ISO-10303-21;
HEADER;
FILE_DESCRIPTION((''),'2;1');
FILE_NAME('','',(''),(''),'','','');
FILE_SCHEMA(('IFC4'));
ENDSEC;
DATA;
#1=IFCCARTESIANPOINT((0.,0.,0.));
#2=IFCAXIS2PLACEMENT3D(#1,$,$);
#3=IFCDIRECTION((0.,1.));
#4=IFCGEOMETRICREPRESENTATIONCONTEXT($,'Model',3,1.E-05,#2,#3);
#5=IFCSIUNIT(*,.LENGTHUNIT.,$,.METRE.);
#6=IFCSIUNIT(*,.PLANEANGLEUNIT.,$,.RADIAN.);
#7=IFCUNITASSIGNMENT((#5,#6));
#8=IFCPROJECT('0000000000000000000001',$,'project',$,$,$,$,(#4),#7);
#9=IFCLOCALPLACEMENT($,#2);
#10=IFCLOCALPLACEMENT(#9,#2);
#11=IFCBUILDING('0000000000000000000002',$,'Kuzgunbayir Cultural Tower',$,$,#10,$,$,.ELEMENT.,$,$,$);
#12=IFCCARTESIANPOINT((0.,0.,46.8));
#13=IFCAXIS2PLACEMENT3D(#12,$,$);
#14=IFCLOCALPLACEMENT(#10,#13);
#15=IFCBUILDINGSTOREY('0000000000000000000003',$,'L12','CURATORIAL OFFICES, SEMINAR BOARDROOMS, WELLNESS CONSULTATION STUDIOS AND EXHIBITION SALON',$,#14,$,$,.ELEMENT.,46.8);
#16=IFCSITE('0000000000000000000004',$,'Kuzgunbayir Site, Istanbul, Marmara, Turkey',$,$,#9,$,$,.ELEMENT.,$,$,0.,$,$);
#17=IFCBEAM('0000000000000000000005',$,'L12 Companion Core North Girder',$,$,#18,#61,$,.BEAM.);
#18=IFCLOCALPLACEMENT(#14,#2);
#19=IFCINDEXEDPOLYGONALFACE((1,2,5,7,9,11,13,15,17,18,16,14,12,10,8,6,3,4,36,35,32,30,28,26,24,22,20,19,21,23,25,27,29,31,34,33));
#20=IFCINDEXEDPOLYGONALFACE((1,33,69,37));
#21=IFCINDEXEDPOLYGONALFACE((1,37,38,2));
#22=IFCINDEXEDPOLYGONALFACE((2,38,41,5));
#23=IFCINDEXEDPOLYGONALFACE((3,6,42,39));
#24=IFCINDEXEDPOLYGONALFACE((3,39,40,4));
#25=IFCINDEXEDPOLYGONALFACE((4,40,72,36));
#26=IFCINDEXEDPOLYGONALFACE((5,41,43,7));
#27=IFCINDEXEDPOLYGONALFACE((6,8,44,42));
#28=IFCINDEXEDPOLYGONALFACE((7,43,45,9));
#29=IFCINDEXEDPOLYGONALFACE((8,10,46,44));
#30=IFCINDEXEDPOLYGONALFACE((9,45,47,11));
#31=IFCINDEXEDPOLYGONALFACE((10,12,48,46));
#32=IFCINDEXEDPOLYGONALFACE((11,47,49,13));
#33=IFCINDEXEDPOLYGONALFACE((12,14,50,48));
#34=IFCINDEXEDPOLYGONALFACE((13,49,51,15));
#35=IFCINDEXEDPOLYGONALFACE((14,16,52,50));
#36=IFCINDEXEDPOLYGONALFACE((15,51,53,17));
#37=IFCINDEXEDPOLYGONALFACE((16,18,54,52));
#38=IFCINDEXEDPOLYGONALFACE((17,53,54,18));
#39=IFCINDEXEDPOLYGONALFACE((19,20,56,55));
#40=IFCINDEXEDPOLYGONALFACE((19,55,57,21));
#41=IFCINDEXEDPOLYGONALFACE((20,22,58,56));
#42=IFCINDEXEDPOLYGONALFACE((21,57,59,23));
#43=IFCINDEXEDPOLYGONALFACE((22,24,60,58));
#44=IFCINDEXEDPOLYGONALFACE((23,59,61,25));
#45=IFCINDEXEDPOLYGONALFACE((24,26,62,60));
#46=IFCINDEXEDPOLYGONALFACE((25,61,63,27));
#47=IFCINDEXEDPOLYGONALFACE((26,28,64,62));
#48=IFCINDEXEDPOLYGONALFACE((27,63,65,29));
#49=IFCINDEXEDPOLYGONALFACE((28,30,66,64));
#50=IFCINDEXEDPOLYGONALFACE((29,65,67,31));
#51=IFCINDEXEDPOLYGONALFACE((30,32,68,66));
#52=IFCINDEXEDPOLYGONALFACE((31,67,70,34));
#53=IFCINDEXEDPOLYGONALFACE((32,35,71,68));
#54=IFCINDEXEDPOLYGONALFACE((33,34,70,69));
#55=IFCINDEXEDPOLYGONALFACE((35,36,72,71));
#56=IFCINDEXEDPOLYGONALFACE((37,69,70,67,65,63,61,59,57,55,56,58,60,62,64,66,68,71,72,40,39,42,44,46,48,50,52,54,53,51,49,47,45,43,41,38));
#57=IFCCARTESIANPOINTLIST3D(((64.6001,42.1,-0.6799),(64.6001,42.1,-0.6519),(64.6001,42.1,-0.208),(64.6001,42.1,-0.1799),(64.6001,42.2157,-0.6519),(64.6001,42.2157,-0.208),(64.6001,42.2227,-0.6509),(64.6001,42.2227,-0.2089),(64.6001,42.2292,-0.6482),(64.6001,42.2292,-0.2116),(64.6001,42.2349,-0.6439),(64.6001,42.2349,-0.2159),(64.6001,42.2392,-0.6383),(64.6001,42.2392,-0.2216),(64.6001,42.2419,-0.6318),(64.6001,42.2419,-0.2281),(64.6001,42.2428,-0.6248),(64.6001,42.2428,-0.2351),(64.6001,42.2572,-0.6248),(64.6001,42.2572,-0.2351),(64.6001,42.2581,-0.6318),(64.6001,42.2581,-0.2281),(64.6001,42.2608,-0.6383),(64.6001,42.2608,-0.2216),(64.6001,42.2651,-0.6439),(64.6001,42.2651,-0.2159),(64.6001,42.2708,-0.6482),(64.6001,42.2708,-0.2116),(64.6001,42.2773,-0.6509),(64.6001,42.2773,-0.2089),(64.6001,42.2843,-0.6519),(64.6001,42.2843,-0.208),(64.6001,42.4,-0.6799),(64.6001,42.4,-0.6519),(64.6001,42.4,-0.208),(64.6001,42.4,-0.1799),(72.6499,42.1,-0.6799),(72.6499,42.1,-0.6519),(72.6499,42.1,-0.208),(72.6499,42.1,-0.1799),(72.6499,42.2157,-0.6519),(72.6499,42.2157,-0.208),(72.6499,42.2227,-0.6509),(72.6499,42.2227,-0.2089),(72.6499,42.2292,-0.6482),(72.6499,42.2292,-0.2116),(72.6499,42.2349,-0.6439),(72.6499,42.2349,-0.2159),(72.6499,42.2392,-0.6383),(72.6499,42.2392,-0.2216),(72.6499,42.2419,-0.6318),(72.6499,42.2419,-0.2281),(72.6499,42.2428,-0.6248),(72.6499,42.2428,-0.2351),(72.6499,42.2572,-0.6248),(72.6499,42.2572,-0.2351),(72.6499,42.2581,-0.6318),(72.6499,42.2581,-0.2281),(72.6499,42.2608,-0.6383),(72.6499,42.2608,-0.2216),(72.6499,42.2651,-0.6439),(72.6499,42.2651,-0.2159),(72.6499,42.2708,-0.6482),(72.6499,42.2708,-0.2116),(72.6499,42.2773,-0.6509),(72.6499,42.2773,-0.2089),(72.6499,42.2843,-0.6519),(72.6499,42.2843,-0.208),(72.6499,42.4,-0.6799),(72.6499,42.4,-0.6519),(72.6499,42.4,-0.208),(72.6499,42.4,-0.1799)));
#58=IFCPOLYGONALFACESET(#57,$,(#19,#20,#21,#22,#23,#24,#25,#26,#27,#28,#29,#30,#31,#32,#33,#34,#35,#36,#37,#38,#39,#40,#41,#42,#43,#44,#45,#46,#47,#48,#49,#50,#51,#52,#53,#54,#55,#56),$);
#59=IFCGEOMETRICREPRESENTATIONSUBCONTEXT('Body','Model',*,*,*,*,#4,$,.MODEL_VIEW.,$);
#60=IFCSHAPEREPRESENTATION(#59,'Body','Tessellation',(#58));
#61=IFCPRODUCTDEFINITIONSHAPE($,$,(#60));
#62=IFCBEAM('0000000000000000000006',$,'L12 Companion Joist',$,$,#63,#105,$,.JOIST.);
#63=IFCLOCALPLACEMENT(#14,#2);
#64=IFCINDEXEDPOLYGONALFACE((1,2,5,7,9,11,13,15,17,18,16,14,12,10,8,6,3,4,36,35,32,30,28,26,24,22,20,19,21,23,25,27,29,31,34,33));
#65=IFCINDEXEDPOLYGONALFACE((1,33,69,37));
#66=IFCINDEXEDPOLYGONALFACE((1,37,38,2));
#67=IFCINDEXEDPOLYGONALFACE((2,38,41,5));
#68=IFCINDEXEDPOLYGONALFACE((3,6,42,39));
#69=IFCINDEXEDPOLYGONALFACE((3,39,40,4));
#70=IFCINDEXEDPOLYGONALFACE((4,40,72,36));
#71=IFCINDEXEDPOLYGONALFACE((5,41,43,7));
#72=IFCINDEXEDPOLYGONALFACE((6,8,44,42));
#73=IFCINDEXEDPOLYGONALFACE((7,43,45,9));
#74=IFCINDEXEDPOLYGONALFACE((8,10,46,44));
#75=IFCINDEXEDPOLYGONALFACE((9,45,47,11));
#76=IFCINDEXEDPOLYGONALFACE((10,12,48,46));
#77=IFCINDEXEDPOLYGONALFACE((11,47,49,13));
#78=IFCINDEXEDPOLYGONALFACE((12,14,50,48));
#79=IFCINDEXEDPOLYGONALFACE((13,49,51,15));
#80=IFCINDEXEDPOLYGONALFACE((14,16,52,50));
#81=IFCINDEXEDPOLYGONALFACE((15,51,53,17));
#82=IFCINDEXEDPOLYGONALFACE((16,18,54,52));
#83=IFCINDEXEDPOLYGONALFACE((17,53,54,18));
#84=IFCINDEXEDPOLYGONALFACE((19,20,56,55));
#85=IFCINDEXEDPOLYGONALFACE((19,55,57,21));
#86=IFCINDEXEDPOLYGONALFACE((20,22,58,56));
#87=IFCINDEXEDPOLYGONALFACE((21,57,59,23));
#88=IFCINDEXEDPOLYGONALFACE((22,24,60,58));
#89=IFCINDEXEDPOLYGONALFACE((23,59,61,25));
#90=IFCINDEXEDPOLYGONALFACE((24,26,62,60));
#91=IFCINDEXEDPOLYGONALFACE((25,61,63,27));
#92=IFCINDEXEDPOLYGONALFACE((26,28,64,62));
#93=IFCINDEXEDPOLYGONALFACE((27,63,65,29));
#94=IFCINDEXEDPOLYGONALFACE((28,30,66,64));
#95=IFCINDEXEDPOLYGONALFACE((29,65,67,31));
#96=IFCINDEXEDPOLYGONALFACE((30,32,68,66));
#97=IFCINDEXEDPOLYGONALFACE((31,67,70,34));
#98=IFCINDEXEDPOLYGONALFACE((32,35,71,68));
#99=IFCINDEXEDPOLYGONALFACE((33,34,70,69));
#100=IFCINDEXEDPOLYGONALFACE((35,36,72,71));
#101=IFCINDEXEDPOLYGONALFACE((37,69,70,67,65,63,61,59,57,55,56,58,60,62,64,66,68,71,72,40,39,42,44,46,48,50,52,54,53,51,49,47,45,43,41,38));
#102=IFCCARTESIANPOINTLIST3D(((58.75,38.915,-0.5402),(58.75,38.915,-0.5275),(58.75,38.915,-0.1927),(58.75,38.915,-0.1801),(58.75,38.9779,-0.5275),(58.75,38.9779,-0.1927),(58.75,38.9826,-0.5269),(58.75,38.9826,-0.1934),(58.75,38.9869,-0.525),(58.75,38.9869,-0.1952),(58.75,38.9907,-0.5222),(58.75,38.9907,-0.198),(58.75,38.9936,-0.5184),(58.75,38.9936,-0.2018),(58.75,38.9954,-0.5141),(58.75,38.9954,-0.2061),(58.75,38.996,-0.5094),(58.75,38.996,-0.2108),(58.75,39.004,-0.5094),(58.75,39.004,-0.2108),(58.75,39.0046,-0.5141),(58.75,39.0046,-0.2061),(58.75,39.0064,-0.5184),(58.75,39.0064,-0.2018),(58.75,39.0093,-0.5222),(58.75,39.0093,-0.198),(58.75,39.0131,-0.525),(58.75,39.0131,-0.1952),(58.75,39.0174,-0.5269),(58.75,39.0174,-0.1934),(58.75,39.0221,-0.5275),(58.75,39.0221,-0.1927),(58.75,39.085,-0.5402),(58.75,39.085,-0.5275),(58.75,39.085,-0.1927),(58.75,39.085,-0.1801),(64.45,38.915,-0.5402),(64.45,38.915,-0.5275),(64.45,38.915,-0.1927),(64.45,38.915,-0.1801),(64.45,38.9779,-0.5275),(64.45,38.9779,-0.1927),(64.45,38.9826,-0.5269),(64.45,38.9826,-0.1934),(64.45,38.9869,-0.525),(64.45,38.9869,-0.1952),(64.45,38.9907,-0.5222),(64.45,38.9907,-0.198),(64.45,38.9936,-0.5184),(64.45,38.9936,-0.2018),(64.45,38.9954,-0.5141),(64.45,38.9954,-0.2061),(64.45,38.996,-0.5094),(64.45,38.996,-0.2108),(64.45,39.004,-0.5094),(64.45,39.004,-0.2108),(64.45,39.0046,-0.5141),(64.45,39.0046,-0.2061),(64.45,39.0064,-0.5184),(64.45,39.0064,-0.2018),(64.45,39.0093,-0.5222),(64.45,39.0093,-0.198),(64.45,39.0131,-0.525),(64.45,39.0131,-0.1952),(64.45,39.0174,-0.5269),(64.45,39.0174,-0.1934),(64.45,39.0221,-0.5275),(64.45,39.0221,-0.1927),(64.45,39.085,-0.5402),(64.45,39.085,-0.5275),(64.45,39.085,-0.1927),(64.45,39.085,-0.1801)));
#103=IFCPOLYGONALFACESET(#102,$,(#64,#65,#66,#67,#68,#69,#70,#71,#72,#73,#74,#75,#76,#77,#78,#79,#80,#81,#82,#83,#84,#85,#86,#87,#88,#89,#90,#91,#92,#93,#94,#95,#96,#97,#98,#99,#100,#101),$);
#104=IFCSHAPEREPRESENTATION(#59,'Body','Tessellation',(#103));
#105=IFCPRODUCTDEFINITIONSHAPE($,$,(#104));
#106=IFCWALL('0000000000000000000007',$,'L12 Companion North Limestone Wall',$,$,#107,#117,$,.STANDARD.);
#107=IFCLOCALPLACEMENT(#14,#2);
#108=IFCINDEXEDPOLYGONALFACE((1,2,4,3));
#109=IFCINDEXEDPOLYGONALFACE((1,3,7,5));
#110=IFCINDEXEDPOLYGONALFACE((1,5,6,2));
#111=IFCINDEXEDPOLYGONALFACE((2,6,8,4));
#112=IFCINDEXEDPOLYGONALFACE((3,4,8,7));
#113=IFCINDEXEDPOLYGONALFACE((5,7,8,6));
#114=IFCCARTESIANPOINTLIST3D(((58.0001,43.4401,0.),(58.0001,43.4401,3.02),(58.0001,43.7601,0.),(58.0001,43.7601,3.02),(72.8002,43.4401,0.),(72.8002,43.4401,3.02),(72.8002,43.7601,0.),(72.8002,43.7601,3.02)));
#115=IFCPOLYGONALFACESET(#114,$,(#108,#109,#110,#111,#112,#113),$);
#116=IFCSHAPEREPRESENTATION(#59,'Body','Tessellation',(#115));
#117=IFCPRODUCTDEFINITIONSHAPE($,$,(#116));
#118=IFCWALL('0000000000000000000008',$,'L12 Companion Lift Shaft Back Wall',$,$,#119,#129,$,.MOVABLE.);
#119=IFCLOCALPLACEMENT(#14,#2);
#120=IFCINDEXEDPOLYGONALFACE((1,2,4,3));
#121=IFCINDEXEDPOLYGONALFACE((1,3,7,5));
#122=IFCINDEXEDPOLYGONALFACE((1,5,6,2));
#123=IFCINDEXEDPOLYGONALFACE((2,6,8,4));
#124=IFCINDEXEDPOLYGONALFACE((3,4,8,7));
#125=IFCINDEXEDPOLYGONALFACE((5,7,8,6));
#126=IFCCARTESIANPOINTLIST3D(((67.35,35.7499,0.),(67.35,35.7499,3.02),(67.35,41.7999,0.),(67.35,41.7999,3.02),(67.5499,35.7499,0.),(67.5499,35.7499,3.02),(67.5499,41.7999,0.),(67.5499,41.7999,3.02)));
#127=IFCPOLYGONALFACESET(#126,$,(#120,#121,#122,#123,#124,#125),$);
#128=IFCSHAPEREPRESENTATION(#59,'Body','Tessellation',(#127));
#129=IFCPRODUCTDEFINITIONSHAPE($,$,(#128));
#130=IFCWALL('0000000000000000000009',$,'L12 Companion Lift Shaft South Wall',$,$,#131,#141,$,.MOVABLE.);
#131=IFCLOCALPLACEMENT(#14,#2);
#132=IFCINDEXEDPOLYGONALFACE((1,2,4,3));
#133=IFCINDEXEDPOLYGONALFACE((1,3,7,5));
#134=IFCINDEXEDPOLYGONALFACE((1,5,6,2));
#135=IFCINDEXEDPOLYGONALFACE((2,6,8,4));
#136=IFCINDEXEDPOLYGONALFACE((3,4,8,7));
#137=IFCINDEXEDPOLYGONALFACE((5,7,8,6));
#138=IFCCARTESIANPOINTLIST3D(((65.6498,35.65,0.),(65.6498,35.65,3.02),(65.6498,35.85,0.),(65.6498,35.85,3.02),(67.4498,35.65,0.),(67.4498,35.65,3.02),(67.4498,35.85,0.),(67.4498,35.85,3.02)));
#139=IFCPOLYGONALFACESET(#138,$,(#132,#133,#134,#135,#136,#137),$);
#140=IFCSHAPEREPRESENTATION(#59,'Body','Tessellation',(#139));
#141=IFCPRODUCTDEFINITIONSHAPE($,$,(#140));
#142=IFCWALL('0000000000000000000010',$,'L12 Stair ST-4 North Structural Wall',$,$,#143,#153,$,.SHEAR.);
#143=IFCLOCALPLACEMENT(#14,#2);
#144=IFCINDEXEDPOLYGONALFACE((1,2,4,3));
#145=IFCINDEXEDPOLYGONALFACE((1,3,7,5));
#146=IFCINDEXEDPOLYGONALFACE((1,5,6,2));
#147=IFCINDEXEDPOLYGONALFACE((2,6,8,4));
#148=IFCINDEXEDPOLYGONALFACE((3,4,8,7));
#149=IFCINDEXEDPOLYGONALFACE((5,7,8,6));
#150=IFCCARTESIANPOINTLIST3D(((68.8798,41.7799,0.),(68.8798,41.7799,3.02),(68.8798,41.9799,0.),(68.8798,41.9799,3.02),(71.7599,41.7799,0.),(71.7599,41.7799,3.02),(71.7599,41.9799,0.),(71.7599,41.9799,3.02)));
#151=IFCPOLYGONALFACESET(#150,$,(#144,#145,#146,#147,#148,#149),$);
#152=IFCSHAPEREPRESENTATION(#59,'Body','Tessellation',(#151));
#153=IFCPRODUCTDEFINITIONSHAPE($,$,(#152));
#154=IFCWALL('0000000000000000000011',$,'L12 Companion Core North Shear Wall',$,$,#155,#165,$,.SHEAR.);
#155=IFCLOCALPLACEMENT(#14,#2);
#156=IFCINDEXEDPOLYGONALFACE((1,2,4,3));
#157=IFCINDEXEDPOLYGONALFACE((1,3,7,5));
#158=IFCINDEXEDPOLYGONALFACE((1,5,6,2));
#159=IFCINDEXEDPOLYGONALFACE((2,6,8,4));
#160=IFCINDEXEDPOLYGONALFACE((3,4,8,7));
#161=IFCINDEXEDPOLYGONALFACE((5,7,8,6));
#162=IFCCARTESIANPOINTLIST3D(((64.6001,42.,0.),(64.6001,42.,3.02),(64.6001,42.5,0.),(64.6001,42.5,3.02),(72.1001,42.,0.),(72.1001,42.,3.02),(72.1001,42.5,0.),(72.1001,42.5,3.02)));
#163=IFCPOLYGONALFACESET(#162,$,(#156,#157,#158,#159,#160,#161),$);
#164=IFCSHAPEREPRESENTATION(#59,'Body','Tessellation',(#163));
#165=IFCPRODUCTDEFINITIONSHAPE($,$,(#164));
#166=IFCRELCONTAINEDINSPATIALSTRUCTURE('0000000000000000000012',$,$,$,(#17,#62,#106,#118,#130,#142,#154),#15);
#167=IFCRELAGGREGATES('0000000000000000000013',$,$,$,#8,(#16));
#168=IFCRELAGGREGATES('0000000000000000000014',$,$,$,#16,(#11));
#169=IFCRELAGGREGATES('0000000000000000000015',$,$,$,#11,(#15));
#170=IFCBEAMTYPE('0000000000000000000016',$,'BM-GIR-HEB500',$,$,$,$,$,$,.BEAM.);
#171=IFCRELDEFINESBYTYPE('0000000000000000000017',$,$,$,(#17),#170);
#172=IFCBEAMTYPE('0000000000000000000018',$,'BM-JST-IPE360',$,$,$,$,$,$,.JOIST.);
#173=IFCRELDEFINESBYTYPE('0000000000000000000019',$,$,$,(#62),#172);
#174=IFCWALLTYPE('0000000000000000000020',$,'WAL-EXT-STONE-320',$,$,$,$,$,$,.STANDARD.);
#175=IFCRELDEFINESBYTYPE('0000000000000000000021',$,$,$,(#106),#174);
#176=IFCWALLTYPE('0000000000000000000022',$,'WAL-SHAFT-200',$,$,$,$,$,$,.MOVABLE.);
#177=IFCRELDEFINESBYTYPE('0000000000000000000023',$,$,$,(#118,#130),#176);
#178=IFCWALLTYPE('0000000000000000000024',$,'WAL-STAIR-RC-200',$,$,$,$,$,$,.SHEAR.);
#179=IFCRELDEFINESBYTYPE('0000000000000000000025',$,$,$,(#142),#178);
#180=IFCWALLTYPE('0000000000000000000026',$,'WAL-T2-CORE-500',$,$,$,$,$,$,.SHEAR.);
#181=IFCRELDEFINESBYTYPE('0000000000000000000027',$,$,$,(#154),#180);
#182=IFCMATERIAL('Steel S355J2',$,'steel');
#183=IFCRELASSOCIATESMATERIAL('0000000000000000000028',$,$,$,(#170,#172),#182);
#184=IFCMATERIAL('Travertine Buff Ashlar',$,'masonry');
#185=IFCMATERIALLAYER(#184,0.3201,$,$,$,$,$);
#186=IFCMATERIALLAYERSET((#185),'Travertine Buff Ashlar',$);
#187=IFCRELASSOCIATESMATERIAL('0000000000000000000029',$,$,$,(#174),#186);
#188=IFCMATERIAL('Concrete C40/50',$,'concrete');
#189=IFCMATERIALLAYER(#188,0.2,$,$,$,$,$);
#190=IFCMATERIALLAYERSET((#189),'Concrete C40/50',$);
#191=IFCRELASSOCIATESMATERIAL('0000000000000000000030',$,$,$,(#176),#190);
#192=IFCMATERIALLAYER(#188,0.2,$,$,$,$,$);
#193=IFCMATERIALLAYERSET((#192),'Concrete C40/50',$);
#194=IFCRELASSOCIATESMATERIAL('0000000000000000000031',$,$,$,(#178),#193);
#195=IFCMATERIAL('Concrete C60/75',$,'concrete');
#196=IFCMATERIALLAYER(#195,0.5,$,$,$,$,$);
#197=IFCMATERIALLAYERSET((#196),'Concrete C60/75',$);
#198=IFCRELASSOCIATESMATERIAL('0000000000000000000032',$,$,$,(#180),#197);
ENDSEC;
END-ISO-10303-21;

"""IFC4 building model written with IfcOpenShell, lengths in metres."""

from ifc_helpers import new_model, si_unit, direction, frame, frame_2d, origin, origin_2d, place, context, subcontext, project, spatial, rectangle, i_section, extrude, material, layer, layer_set, material_profile, profile_set, type_object, element, save


model = new_model("IFC4")

# Units and contexts
model_context = context("Model", 3, precision=1e-05, world=origin(), true_north=direction((0.0, 1.0)))
body_context = subcontext(model_context, "Body", "Model", "MODEL_VIEW")
ifc_project = project(units=[si_unit("LENGTHUNIT", "METRE"), si_unit("PLANEANGLEUNIT", "RADIAN")], contexts=[model_context])

# Site, building, storey
site_placement = place(None, origin())
site = spatial("IfcSite", under=ifc_project, at=site_placement, Name="Kuzgunbayir Site, Istanbul, Marmara, Turkey", CompositionType="ELEMENT", RefElevation=0.0)
building_placement = place(site_placement, origin())
building = spatial("IfcBuilding", under=site, at=building_placement, Name="Kuzgunbayir Cultural Tower", CompositionType="ELEMENT")
storey_placement = place(building_placement, frame((0.0, 0.0, 46.8)))
storey = spatial("IfcBuildingStorey", under=building, at=storey_placement, Name="L12", Description="CURATORIAL OFFICES, SEMINAR BOARDROOMS, WELLNESS CONSULTATION STUDIOS AND EXHIBITION SALON", CompositionType="ELEMENT", Elevation=46.8)

# Shared definitions
ifc_material_1 = material(Name="Concrete C60/75", Category="concrete")

# Beams
ifc_material_2 = material(Name="Steel S355J2", Category="steel")
ifc_material_profile_1 = material_profile(ifc_material_2, i_section(OverallWidth=0.3, OverallDepth=0.5, WebThickness=0.0144, FlangeThickness=0.0281, FilletRadius=0.0271, at=origin_2d()), Name="HEB 500")
ifc_profile_set_1 = profile_set([ifc_material_profile_1], Name="Steel S355J2")
beam_type_1 = type_object("IfcBeamType", Name="BM-GIR-HEB500", PredefinedType="BEAM", material=ifc_profile_set_1)
beam_1_placement = place(storey_placement, frame((64.6001, 42.25, -0.4299), z_axis=(1.0, 0.0, 0.0), x_axis=(0.0, 1.0, 0.0)))
element("IfcBeam", 1, at=beam_1_placement, inside=storey, type_object=beam_type_1, Name="L12 Companion Core North Girder", PredefinedType="BEAM", context=body_context, shape_type="SweptSolid", body=[
    extrude(i_section(OverallWidth=0.3, OverallDepth=0.5, WebThickness=0.0144, FlangeThickness=0.0281, FilletRadius=0.0271, at=origin_2d()), origin(), (0.0, 0.0, 1.0), 8.0498),
])
ifc_material_profile_2 = material_profile(ifc_material_2, i_section(OverallWidth=0.1699, OverallDepth=0.3601, WebThickness=0.0081, FlangeThickness=0.0127, FilletRadius=0.0181, at=origin_2d()), Name="IPE 360")
ifc_profile_set_2 = profile_set([ifc_material_profile_2], Name="Steel S355J2")
beam_type_2 = type_object("IfcBeamType", Name="BM-JST-IPE360", PredefinedType="JOIST", material=ifc_profile_set_2)
beam_2_placement = place(storey_placement, frame((58.75, 39.0, -0.3601), z_axis=(1.0, 0.0, 0.0), x_axis=(0.0, 1.0, 0.0)))
element("IfcBeam", 2, at=beam_2_placement, inside=storey, type_object=beam_type_2, Name="L12 Companion Joist", PredefinedType="JOIST", context=body_context, shape_type="SweptSolid", body=[
    extrude(i_section(OverallWidth=0.1699, OverallDepth=0.3601, WebThickness=0.0081, FlangeThickness=0.0127, FilletRadius=0.0181, at=origin_2d()), origin(), (0.0, 0.0, 1.0), 5.7),
])

# Wall
ifc_material_3 = material(Name="Travertine Buff Ashlar", Category="masonry")
ifc_layer_1 = layer(ifc_material_3, 0.3201)
ifc_layer_set_1 = layer_set([ifc_layer_1], Name="Travertine Buff Ashlar")
wall_type_1 = type_object("IfcWallType", Name="WAL-EXT-STONE-320", PredefinedType="STANDARD", material=ifc_layer_set_1)
wall_1_placement = place(storey_placement, frame((72.8, 43.6001, 0.0), z_axis=(0.0, 0.0, 1.0), x_axis=(-1.0, 0.0, 0.0)))
element("IfcWall", 3, at=wall_1_placement, inside=storey, type_object=wall_type_1, Name="L12 Companion North Limestone Wall", PredefinedType="STANDARD", context=body_context, shape_type="SweptSolid", body=[
    extrude(rectangle(XDim=14.8, YDim=0.3201, at=frame_2d((7.3999, 0.0))), origin(), (0.0, 0.0, 1.0), 3.02),
])

# Shared definitions
ifc_material_4 = material(Name="Concrete C40/50", Category="concrete")
ifc_layer_2 = layer(ifc_material_4, 0.2)
ifc_layer_set_2 = layer_set([ifc_layer_2], Name="Concrete C40/50")
wall_type_2 = type_object("IfcWallType", Name="WAL-SHAFT-200", PredefinedType="MOVABLE", material=ifc_layer_set_2)

# Walls
wall_2_placement = place(storey_placement, frame((67.45, 35.75, 0.0), z_axis=(0.0, 0.0, 1.0), x_axis=(0.0, 1.0, 0.0)))
element("IfcWall", 4, at=wall_2_placement, inside=storey, type_object=wall_type_2, Name="L12 Companion Lift Shaft Back Wall", PredefinedType="MOVABLE", context=body_context, shape_type="SweptSolid", body=[
    extrude(rectangle(XDim=6.05, YDim=0.2, at=frame_2d((3.0249, 0.0))), origin(), (0.0, 0.0, 1.0), 3.02),
])
wall_3_placement = place(storey_placement, frame((65.6499, 35.75, 0.0), z_axis=(0.0, 0.0, 1.0), x_axis=(1.0, 0.0, 0.0)))
element("IfcWall", 5, at=wall_3_placement, inside=storey, type_object=wall_type_2, Name="L12 Companion Lift Shaft South Wall", PredefinedType="MOVABLE", context=body_context, shape_type="SweptSolid", body=[
    extrude(rectangle(XDim=1.8, YDim=0.2, at=frame_2d((0.8999, 0.0))), origin(), (0.0, 0.0, 1.0), 3.02),
])
ifc_layer_3 = layer(ifc_material_4, 0.2)
ifc_layer_set_3 = layer_set([ifc_layer_3], Name="Concrete C40/50")
wall_type_3 = type_object("IfcWallType", Name="WAL-STAIR-RC-200", PredefinedType="SHEAR", material=ifc_layer_set_3)
wall_4_placement = place(storey_placement, frame((68.8799, 41.8799, 0.0), z_axis=(0.0, 0.0, 1.0), x_axis=(1.0, 0.0, 0.0)))
element("IfcWall", 6, at=wall_4_placement, inside=storey, type_object=wall_type_3, Name="L12 Stair ST-4 North Structural Wall", PredefinedType="SHEAR", context=body_context, shape_type="SweptSolid", body=[
    extrude(rectangle(XDim=2.8801, YDim=0.2, at=frame_2d((1.4399, 0.0))), origin(), (0.0, 0.0, 1.0), 3.02),
])
ifc_layer_4 = layer(ifc_material_1, 0.5)
ifc_layer_set_4 = layer_set([ifc_layer_4], Name="Concrete C60/75")
wall_type_4 = type_object("IfcWallType", Name="WAL-T2-CORE-500", PredefinedType="SHEAR", material=ifc_layer_set_4)
wall_5_placement = place(storey_placement, frame((64.6001, 42.25, 0.0), z_axis=(0.0, 0.0, 1.0), x_axis=(1.0, 0.0, 0.0)))
element("IfcWall", 7, at=wall_5_placement, inside=storey, type_object=wall_type_4, Name="L12 Companion Core North Shear Wall", PredefinedType="SHEAR", context=body_context, shape_type="SweptSolid", body=[
    extrude(rectangle(XDim=7.5, YDim=0.5, at=frame_2d((3.75, 0.0))), origin(), (0.0, 0.0, 1.0), 3.02),
])

save(model, "model.ifc")
